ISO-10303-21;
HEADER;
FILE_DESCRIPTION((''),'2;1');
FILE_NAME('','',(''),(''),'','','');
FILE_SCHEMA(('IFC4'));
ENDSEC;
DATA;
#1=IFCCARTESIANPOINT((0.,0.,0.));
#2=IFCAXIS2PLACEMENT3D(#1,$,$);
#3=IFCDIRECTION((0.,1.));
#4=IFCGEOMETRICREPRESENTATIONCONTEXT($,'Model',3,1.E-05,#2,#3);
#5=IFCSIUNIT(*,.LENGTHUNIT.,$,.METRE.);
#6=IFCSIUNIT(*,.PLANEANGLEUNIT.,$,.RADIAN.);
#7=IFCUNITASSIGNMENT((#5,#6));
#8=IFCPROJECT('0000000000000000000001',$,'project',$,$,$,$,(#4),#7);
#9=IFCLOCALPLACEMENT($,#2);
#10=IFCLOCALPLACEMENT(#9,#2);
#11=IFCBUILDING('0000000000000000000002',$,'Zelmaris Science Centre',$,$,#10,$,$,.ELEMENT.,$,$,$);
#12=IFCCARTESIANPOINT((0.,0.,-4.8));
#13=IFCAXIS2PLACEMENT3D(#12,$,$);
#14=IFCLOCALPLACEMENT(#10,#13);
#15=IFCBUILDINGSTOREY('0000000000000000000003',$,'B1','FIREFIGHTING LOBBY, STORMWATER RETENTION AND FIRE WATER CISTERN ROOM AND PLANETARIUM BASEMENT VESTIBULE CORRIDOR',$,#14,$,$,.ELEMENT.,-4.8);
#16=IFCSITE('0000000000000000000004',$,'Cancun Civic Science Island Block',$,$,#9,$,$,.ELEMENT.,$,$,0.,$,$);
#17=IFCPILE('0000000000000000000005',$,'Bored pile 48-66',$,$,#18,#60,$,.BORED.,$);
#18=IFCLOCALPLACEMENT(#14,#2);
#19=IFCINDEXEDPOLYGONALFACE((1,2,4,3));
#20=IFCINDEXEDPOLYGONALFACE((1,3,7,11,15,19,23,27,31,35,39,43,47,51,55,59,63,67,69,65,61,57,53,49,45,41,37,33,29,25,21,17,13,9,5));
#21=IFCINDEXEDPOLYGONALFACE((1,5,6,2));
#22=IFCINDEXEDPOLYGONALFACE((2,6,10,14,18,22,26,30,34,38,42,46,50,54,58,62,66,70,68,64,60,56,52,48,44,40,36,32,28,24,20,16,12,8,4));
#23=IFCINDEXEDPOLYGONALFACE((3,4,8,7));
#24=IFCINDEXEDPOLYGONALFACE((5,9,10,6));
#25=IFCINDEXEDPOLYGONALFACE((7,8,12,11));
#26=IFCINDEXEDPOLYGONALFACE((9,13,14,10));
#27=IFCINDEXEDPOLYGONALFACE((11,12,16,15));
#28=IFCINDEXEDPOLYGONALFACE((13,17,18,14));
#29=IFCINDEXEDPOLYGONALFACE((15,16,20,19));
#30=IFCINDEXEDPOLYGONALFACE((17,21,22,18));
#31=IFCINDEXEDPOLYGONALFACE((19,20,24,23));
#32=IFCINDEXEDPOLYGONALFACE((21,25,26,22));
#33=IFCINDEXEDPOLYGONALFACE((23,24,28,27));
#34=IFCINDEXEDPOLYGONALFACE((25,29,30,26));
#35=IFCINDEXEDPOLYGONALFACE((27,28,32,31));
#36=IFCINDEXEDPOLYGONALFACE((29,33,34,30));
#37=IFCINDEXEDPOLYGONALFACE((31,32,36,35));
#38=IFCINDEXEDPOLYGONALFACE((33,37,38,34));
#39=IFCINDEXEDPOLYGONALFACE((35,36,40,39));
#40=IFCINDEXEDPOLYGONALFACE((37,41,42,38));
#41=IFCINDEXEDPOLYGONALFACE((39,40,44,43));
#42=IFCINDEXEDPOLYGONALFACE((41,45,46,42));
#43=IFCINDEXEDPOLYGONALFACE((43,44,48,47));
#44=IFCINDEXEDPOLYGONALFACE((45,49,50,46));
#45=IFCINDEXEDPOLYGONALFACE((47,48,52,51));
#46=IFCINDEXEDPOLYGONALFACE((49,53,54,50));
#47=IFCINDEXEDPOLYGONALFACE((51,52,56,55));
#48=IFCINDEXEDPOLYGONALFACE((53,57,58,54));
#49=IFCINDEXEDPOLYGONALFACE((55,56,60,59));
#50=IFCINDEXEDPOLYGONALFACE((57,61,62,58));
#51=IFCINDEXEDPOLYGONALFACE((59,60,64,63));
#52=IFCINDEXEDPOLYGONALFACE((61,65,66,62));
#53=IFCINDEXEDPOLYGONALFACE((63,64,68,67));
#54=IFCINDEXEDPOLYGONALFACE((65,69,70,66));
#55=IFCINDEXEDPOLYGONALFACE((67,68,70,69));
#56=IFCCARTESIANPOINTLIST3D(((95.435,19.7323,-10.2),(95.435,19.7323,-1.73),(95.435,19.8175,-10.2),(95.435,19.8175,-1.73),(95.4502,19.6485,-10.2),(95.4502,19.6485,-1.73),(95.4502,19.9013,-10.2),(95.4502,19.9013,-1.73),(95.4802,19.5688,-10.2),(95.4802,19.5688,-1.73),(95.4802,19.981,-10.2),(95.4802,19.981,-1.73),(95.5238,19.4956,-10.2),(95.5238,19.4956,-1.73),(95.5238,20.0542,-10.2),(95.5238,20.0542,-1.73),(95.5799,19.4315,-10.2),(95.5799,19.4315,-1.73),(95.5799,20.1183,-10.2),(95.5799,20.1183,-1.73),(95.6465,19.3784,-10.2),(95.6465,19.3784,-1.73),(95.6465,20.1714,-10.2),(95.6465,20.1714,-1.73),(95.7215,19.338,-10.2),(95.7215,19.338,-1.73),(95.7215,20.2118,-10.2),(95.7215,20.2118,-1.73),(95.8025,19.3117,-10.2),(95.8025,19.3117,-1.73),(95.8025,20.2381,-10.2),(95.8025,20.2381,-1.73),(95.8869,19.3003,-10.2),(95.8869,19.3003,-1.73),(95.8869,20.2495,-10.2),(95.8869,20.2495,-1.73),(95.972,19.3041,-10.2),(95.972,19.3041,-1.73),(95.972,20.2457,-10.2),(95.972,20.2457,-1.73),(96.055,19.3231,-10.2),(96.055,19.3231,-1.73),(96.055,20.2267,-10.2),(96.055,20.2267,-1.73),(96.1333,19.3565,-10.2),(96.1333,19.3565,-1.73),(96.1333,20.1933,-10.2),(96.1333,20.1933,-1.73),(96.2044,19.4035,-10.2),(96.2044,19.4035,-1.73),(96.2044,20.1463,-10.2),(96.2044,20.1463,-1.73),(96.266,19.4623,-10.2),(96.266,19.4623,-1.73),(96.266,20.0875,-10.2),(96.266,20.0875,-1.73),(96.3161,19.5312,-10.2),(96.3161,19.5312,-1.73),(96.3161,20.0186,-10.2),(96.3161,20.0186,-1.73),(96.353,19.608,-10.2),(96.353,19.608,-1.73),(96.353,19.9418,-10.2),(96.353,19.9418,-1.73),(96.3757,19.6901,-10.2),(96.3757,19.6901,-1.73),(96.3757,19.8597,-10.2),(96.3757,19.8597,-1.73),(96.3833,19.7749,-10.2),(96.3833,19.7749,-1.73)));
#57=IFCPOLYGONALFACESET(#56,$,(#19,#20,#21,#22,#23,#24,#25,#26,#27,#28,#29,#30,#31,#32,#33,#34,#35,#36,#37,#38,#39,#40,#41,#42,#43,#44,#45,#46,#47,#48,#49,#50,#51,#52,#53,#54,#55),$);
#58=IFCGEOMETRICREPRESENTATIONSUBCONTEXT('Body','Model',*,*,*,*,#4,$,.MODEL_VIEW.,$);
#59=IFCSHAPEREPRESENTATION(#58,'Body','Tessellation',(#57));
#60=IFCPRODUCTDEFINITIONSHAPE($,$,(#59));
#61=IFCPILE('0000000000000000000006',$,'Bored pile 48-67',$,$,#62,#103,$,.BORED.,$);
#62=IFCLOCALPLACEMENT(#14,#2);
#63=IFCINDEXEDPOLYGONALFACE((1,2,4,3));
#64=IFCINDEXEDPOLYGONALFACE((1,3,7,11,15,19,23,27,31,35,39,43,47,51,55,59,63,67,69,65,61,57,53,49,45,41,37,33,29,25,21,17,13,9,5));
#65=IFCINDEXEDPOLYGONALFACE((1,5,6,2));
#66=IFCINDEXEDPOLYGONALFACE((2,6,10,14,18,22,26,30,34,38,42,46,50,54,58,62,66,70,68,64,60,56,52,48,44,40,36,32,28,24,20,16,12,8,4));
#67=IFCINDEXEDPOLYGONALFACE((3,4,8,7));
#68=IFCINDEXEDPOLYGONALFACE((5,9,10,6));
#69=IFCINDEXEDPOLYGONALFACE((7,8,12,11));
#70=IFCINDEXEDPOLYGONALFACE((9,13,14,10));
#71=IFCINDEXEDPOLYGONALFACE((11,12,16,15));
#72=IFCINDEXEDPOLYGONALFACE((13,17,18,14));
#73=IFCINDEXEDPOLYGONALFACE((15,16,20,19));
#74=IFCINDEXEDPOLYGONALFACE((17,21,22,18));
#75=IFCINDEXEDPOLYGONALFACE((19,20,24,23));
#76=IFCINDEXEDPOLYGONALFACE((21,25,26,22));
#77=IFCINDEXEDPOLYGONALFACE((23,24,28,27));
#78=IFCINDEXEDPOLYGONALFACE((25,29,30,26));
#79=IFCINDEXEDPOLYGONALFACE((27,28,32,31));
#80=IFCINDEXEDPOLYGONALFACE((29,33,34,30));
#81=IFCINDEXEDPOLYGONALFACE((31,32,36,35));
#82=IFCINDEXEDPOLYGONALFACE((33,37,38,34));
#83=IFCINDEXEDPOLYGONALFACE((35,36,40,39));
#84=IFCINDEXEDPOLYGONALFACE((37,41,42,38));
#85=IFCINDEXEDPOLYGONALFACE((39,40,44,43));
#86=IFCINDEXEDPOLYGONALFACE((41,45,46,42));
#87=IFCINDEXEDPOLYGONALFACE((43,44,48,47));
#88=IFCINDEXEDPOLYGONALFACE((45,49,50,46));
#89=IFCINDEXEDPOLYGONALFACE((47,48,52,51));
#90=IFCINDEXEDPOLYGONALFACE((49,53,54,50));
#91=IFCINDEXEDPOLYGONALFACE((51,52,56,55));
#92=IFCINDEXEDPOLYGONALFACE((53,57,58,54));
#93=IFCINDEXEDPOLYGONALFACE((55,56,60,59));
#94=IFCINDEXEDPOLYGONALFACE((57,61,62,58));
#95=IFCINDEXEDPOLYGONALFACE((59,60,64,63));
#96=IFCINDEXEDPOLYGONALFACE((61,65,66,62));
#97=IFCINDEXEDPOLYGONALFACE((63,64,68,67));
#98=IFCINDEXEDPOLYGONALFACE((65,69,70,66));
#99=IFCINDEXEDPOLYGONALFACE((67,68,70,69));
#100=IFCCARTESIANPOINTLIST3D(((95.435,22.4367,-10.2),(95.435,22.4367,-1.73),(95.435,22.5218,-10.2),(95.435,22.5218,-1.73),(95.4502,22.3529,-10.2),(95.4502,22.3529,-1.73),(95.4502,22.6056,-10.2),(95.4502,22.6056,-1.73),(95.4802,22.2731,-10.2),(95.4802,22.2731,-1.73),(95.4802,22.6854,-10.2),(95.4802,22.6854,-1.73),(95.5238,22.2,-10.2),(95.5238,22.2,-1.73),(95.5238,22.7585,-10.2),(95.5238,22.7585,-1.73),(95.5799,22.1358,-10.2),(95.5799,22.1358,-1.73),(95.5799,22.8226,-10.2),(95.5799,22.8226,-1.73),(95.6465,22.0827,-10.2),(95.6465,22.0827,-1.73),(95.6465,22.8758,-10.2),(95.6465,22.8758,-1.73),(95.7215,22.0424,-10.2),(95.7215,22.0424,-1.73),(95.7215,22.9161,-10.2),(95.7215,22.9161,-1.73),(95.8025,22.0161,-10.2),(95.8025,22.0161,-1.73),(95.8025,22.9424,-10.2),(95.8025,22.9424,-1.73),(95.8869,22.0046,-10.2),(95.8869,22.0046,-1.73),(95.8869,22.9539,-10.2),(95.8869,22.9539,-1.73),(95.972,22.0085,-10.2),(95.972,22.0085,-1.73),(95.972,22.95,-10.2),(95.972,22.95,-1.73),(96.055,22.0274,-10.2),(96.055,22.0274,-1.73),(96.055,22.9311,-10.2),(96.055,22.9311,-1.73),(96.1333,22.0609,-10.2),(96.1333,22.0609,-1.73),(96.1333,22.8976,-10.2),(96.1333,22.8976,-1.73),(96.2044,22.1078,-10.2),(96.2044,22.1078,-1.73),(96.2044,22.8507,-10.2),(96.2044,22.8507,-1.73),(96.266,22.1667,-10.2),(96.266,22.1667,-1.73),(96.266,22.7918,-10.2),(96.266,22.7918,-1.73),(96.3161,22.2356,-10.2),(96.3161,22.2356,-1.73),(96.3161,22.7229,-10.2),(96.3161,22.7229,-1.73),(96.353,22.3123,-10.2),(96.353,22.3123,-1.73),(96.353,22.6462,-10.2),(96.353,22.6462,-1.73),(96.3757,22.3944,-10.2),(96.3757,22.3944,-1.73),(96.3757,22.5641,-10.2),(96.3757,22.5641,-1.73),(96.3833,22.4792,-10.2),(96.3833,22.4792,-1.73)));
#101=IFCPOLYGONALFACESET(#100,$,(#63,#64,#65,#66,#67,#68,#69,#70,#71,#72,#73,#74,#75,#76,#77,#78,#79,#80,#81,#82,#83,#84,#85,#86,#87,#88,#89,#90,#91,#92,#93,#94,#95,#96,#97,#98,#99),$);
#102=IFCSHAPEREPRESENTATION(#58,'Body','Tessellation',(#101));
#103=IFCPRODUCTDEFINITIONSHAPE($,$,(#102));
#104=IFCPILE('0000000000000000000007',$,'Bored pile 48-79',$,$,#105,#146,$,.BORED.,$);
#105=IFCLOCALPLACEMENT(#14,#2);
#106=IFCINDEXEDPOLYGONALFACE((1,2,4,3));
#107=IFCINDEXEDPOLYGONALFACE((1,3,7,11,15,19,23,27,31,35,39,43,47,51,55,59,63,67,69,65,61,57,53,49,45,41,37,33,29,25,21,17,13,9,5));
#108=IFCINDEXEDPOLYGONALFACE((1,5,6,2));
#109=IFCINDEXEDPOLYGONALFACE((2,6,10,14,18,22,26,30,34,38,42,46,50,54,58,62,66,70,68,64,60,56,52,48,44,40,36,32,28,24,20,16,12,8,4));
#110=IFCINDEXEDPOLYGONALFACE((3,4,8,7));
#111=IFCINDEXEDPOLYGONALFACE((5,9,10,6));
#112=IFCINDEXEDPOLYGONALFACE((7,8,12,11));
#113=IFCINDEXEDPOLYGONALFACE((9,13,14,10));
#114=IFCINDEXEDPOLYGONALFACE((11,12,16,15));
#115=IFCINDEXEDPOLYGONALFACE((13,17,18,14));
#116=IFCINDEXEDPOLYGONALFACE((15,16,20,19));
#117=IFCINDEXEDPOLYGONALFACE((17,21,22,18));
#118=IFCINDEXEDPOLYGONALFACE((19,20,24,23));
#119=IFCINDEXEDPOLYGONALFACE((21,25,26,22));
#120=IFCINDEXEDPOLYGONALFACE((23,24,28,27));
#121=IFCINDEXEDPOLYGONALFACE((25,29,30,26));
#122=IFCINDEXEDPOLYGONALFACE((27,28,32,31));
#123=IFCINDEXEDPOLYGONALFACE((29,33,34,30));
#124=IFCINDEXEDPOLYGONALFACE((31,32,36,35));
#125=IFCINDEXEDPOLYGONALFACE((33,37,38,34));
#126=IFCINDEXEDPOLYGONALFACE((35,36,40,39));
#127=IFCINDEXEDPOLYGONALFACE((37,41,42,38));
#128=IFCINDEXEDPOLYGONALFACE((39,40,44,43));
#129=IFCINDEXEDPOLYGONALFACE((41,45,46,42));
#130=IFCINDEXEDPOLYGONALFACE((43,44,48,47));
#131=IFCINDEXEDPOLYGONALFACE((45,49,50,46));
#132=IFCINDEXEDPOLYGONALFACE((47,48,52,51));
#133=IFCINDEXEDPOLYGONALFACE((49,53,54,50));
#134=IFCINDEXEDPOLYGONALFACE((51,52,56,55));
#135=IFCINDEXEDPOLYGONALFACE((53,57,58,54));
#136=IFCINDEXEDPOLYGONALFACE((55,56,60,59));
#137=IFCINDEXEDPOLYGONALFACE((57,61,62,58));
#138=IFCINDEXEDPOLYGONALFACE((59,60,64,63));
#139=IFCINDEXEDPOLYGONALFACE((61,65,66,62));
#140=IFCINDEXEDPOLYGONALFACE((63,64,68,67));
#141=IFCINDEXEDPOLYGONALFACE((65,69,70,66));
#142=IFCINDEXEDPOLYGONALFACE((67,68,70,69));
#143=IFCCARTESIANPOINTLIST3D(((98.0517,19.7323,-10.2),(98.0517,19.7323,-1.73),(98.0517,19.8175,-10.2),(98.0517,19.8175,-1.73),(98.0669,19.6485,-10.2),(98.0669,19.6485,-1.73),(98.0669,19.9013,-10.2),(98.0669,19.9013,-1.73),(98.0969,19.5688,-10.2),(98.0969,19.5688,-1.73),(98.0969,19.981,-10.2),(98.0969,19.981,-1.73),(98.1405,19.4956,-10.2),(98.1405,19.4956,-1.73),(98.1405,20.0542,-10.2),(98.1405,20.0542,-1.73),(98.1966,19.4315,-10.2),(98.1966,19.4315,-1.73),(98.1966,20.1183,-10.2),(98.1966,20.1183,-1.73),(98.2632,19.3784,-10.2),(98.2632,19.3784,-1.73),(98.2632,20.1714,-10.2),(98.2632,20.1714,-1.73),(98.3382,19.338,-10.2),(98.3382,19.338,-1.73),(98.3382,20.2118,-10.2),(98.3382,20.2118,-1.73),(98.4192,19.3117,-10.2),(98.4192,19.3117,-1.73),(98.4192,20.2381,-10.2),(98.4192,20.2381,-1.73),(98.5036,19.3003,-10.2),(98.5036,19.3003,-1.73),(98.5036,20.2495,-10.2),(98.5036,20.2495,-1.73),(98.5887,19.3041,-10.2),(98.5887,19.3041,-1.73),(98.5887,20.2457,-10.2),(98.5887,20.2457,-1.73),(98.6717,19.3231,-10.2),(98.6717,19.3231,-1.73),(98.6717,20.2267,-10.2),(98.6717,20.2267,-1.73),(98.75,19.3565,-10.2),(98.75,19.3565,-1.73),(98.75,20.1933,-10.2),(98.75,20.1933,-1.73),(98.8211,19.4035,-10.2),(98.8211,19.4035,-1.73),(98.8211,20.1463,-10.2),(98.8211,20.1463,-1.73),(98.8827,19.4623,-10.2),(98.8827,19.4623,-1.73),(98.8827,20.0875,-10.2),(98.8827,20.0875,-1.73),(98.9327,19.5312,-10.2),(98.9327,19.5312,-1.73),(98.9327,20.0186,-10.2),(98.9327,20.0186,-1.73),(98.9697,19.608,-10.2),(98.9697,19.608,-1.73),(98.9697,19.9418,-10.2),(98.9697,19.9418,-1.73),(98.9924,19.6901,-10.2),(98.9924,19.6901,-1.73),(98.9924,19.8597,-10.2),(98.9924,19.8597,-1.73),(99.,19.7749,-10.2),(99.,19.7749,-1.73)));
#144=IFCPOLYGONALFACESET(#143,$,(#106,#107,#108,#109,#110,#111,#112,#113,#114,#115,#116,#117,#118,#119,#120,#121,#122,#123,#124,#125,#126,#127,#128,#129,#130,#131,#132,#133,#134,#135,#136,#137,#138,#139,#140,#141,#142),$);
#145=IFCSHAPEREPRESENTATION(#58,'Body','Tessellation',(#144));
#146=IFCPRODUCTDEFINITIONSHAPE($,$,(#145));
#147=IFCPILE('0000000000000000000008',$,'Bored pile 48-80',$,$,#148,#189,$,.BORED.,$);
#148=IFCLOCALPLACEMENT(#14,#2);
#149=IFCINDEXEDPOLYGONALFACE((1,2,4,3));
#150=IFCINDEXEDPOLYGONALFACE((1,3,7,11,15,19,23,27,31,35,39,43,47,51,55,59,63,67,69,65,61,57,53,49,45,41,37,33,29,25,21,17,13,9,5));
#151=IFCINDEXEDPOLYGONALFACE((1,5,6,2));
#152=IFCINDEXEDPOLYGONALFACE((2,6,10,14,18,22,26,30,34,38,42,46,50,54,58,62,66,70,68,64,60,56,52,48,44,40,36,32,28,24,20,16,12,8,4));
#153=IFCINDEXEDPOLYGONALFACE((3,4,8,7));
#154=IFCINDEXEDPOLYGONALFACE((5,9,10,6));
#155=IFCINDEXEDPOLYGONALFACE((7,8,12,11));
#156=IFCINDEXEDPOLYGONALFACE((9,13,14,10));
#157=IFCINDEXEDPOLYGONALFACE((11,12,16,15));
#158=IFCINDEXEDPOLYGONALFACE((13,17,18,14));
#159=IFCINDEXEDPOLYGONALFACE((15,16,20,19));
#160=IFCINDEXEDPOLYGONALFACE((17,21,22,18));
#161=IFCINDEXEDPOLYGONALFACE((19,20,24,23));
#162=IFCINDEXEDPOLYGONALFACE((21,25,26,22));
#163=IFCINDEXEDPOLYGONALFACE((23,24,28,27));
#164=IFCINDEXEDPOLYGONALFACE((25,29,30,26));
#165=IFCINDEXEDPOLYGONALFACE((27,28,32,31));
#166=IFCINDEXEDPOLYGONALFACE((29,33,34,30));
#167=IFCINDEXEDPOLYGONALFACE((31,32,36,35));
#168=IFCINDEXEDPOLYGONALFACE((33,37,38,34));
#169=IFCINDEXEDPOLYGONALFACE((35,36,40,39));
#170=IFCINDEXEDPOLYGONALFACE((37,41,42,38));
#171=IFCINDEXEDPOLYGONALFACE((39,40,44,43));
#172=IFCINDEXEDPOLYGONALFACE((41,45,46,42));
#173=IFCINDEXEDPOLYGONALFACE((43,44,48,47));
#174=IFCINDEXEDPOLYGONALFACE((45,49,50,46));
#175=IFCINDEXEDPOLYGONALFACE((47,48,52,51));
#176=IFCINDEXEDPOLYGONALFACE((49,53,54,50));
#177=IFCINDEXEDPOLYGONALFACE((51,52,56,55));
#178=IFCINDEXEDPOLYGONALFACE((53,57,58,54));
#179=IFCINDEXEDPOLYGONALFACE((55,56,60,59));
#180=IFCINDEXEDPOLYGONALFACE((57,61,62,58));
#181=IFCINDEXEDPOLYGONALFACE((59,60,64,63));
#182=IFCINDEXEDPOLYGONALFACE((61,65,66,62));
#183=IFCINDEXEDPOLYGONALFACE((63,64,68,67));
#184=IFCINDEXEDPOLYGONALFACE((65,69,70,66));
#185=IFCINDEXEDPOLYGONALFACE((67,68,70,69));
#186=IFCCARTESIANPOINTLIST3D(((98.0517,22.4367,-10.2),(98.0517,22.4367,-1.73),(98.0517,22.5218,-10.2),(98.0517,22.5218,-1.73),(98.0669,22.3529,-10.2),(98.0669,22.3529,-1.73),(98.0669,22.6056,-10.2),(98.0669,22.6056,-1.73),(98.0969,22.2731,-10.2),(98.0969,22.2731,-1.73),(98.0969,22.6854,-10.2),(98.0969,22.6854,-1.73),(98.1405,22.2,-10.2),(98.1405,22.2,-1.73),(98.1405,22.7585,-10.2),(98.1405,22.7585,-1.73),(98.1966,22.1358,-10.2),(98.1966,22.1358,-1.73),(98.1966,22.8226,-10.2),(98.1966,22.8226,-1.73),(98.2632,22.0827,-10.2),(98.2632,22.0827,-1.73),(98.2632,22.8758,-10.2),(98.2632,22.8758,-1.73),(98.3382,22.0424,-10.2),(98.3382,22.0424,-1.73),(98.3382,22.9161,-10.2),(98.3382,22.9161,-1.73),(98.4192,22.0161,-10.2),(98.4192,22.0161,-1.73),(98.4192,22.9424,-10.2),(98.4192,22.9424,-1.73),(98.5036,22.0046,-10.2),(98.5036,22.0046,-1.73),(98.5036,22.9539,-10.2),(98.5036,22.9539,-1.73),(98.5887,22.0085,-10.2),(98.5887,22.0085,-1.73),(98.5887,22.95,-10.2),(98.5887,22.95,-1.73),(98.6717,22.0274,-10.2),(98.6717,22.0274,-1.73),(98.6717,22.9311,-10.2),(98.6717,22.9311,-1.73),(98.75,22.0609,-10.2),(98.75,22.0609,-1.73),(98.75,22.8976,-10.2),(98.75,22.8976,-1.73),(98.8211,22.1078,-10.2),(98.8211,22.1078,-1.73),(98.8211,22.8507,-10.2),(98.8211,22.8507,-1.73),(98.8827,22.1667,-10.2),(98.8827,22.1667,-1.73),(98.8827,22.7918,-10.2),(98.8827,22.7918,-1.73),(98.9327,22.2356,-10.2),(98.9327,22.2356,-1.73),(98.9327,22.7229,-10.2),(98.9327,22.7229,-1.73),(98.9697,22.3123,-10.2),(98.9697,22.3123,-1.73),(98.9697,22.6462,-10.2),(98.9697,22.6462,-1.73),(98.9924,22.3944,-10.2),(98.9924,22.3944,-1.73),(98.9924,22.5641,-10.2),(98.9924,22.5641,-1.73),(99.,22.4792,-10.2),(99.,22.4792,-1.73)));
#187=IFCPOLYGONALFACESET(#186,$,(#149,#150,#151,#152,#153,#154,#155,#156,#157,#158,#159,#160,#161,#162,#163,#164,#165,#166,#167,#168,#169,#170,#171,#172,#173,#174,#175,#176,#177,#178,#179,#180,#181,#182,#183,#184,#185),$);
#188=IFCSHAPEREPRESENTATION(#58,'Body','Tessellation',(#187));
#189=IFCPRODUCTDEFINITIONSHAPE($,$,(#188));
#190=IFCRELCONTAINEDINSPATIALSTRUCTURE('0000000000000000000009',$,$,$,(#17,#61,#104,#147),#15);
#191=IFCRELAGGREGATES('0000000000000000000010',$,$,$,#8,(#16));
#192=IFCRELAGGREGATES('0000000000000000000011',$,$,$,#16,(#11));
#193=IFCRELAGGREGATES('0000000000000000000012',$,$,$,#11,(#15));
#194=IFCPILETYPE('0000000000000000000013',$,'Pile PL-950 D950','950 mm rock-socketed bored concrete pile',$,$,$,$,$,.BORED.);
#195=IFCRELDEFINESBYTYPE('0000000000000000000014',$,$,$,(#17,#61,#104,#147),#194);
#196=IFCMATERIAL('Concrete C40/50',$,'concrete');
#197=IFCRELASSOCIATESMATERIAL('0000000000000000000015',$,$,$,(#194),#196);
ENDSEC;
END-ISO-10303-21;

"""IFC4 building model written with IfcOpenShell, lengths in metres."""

from ifc_helpers import new_model, si_unit, direction, frame, origin, origin_2d, place, context, subcontext, project, spatial, circle, extrude, material, material_profile, profile_set, type_object, element, save


model = new_model("IFC4")

# Units and contexts
model_context = context("Model", 3, precision=1e-05, world=origin(), true_north=direction((0.0, 1.0)))
body_context = subcontext(model_context, "Body", "Model", "MODEL_VIEW")
ifc_project = project(units=[si_unit("LENGTHUNIT", "METRE"), si_unit("PLANEANGLEUNIT", "RADIAN")], contexts=[model_context])

# Site, building, storey
site_placement = place(None, origin())
site = spatial("IfcSite", under=ifc_project, at=site_placement, Name="Cancun Civic Science Island Block", CompositionType="ELEMENT", RefElevation=0.0)
building_placement = place(site_placement, origin())
building = spatial("IfcBuilding", under=site, at=building_placement, Name="Zelmaris Science Centre", CompositionType="ELEMENT")
storey_placement = place(building_placement, frame((0.0, 0.0, -4.8)))
storey = spatial("IfcBuildingStorey", under=building, at=storey_placement, Name="B1", Description="FIREFIGHTING LOBBY, STORMWATER RETENTION AND FIRE WATER CISTERN ROOM AND PLANETARIUM BASEMENT VESTIBULE CORRIDOR", CompositionType="ELEMENT", Elevation=-4.8)

# Shared definitions
ifc_material_1 = material(Name="Concrete C40/50", Category="concrete")

# Piles
ifc_material_profile_1 = material_profile(ifc_material_1, circle(Radius=0.4751, at=origin_2d()), Name="PILE-950")
ifc_profile_set_1 = profile_set([ifc_material_profile_1], Name="Concrete C40/50")
pile_type_1 = type_object("IfcPileType", Name="Pile PL-950 D950", Description="950 mm rock-socketed bored concrete pile", PredefinedType="BORED", material=ifc_profile_set_1)
for number, where, z_axis, x_axis, name in (
    (1, (95.9082, 19.7749, -1.73), (0.0, 0.0, -1.0), (1.0, 0.0, 0.0), "Bored pile 48-66"),
    (2, (95.9082, 22.4792, -1.73), (0.0, 0.0, -1.0), (1.0, 0.0, 0.0), "Bored pile 48-67"),
    (3, (98.5249, 19.7749, -1.73), (0.0, 0.0, -1.0), (1.0, 0.0, 0.0), "Bored pile 48-79"),
    (4, (98.5249, 22.4792, -1.73), (0.0, 0.0, -1.0), (1.0, 0.0, 0.0), "Bored pile 48-80"),
):
    element("IfcPile", number, at=place(storey_placement, frame(where, z_axis=z_axis, x_axis=x_axis)), inside=storey, type_object=pile_type_1, Name=name, PredefinedType="BORED", context=body_context, shape_type="SweptSolid", body=[
        extrude(circle(Radius=0.4751, at=origin_2d()), origin(), (0.0, 0.0, 1.0), 8.47),
    ])

save(model, "model.ifc")
